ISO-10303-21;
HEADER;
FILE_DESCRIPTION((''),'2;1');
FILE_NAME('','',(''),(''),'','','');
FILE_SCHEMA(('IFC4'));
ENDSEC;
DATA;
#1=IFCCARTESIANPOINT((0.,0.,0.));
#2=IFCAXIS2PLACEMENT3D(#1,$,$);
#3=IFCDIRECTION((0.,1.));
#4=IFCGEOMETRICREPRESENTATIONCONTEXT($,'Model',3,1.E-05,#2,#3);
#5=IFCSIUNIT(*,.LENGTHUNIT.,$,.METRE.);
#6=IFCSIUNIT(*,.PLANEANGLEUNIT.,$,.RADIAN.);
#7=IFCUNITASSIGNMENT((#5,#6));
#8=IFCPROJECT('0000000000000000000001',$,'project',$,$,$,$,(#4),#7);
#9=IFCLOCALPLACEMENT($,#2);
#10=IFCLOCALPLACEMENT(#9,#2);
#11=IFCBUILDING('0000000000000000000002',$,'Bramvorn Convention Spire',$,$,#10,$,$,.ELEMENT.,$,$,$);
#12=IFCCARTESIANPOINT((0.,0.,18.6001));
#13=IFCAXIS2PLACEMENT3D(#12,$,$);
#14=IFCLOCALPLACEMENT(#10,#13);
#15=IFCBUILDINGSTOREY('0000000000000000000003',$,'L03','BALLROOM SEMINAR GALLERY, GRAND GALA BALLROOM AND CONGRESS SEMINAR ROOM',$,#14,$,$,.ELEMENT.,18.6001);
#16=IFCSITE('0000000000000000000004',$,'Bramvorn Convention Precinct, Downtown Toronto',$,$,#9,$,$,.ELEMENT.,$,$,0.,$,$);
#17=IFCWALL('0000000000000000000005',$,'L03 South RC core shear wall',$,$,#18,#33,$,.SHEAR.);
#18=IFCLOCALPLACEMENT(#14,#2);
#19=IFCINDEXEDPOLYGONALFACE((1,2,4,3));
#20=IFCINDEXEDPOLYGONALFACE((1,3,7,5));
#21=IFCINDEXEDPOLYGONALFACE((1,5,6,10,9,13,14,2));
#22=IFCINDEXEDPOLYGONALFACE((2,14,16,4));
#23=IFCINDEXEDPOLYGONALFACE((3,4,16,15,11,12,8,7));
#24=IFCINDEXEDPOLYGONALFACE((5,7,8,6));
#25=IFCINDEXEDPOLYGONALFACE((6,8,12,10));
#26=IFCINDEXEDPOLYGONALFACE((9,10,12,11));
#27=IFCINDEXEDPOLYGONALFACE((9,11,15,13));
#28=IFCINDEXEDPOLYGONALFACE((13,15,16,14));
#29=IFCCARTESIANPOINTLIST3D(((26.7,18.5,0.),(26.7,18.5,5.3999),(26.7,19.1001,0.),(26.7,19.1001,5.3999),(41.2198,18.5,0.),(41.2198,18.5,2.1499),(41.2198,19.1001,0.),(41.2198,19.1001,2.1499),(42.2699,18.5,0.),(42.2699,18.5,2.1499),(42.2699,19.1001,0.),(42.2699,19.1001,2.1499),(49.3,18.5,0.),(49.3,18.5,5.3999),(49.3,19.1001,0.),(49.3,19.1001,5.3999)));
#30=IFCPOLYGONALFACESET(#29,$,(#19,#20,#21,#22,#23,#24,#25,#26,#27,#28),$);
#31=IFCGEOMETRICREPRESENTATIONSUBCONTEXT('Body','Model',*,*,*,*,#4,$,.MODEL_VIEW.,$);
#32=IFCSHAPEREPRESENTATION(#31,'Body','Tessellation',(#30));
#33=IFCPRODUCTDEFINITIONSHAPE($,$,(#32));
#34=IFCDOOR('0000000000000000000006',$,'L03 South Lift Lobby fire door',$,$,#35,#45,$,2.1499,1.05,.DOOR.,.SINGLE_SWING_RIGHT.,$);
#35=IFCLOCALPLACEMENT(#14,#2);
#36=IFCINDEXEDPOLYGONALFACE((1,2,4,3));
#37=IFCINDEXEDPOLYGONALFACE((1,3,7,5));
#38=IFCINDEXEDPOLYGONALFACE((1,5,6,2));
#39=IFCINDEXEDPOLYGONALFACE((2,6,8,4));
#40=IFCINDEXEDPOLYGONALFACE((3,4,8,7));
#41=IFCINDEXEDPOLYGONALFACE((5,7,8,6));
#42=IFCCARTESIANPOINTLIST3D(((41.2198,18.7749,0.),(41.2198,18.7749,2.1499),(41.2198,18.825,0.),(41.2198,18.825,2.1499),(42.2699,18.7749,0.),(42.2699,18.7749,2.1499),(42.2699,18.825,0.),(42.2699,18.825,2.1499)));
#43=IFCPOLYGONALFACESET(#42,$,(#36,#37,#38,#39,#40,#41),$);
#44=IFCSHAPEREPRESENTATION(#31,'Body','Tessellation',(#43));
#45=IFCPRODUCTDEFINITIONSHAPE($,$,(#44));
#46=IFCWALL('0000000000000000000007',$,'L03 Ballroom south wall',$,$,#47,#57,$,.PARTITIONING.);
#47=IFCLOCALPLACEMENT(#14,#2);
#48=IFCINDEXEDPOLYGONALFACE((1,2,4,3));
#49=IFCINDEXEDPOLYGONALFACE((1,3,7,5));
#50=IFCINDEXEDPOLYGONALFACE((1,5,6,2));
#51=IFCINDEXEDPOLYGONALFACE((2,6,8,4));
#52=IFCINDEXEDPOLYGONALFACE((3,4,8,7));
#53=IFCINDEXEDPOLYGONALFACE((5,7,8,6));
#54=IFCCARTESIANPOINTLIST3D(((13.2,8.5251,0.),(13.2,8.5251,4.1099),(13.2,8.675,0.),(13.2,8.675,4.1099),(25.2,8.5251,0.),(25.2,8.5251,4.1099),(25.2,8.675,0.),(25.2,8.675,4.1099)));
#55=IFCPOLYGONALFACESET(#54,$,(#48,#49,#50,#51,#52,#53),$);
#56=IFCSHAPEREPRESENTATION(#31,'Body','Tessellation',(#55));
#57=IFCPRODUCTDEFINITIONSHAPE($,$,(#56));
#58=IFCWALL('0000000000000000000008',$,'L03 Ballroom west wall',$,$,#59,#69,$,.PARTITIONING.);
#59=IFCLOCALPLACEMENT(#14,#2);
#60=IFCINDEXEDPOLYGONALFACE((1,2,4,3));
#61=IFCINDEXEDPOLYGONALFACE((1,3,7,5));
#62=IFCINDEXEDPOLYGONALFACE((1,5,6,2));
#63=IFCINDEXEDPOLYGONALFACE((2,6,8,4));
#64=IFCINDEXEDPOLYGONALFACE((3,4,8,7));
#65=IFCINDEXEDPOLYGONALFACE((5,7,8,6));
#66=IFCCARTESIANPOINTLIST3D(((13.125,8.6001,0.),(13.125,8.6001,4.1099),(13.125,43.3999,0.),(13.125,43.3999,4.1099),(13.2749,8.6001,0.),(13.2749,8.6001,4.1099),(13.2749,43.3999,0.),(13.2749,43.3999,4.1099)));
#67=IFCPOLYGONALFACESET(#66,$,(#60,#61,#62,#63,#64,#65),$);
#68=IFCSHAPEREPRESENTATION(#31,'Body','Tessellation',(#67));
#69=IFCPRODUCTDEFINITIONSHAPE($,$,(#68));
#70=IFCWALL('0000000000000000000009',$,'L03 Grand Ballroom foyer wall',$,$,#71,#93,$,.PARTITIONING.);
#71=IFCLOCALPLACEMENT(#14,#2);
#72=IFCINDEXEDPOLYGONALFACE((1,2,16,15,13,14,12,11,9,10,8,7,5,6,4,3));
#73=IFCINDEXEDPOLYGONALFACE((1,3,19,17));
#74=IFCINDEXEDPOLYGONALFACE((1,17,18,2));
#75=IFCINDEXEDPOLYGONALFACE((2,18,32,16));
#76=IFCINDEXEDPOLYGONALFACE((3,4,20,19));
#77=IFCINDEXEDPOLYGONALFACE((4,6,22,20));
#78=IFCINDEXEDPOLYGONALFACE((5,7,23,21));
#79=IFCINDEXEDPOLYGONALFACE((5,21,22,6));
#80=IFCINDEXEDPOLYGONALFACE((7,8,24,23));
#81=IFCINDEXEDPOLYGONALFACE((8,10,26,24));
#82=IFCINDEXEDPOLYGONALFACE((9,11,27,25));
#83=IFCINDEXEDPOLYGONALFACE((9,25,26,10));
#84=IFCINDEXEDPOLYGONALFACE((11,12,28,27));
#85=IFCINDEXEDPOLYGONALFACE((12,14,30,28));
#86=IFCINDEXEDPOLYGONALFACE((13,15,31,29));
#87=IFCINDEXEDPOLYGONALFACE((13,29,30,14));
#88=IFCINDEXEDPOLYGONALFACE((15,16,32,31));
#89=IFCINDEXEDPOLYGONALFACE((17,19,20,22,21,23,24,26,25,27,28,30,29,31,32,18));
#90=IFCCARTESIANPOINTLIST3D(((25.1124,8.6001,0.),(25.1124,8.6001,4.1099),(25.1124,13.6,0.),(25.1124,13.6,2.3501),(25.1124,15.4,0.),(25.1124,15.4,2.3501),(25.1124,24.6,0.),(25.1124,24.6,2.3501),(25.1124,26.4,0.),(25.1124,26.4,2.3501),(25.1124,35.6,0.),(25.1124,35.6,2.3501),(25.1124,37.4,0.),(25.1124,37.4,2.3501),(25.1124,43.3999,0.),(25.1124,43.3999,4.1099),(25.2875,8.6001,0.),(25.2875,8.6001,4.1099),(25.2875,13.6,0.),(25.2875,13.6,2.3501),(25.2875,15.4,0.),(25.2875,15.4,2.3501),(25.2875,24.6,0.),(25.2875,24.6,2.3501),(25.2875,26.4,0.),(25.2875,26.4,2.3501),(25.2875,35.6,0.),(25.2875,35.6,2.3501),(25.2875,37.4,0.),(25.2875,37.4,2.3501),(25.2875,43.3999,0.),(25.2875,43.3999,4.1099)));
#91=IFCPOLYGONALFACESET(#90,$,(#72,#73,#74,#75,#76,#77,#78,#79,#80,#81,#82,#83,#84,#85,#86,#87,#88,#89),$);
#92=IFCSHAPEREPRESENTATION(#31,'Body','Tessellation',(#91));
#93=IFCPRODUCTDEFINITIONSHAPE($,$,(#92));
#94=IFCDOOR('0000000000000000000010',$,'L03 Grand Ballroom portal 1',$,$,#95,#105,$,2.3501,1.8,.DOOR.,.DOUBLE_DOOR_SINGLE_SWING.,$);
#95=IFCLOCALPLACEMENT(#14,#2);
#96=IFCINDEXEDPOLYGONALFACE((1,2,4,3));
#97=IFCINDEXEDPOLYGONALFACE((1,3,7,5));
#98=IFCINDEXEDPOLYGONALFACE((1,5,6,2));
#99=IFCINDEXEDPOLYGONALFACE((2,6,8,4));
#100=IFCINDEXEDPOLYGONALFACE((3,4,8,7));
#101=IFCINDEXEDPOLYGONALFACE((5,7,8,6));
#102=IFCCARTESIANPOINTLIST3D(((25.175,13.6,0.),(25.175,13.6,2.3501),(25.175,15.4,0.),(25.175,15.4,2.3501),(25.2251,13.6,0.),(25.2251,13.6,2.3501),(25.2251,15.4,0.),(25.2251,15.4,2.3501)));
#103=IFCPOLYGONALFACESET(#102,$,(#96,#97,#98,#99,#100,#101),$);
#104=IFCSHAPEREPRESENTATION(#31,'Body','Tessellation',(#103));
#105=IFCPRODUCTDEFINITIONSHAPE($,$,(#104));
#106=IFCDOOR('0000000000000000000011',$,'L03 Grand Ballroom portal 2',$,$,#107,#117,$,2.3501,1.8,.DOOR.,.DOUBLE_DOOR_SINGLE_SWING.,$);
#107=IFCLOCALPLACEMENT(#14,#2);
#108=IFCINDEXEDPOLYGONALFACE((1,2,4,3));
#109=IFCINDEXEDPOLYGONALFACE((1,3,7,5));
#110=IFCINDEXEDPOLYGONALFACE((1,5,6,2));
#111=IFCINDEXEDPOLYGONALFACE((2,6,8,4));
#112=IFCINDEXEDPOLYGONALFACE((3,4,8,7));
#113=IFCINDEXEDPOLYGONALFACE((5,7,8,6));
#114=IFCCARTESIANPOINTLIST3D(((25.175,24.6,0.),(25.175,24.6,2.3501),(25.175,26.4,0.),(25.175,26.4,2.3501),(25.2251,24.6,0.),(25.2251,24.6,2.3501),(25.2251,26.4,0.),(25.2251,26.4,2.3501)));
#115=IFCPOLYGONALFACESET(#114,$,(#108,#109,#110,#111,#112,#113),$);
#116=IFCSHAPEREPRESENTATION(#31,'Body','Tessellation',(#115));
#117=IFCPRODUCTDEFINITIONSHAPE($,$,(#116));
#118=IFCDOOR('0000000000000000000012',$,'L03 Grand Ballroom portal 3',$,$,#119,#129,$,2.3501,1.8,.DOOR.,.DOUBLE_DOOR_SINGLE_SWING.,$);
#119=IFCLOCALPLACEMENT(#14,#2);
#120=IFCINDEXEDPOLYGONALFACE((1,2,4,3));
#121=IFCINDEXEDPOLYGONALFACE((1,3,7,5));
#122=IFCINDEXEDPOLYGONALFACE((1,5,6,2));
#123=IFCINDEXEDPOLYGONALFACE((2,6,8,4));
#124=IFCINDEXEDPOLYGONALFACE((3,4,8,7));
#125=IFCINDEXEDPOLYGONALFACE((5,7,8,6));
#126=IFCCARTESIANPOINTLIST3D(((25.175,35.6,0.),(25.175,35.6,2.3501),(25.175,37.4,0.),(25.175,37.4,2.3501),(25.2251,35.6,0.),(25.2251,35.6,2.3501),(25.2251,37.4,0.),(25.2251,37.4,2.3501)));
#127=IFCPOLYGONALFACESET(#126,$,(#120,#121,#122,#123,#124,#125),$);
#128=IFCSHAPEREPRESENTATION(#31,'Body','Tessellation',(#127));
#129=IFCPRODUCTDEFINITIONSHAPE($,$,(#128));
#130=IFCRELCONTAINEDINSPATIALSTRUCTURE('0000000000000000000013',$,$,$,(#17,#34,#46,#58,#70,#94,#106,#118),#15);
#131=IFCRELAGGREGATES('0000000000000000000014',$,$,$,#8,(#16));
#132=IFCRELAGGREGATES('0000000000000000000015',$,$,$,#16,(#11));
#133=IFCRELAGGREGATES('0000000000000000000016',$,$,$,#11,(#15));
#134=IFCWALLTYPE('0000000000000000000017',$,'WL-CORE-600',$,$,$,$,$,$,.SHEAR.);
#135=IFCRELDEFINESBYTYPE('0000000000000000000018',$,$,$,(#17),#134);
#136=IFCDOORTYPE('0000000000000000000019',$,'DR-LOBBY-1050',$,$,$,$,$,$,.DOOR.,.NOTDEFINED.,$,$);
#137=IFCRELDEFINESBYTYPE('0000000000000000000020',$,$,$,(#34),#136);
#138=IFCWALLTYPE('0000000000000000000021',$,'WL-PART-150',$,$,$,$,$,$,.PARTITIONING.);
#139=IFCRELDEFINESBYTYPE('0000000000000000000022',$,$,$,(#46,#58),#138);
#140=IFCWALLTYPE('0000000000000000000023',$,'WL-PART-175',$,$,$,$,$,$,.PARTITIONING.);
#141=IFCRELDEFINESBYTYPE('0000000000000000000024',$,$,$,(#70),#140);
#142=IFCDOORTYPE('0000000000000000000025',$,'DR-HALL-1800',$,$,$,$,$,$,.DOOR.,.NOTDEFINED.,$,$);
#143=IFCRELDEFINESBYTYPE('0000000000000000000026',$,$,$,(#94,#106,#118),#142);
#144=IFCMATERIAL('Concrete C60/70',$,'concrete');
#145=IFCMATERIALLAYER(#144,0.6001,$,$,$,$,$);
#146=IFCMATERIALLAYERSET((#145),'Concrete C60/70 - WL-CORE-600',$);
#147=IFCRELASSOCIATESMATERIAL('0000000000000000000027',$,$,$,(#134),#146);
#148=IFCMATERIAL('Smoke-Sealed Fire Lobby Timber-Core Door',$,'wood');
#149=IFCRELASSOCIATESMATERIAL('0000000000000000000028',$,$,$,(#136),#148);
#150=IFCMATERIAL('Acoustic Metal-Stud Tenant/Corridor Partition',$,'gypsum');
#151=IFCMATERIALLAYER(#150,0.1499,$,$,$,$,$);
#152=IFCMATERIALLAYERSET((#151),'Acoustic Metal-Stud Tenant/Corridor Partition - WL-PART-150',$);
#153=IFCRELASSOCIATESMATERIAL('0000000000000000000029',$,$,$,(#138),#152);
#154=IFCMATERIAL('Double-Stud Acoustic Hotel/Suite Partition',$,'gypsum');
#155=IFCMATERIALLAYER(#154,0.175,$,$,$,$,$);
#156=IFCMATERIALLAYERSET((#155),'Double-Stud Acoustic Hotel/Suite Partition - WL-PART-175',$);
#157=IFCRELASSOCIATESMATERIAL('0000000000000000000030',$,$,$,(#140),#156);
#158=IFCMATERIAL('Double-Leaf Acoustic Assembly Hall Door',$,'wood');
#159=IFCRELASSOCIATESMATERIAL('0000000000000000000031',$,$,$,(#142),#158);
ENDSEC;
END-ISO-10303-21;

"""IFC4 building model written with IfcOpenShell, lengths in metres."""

from ifc_helpers import new_model, si_unit, direction, frame, frame_2d, origin, place, context, subcontext, project, spatial, rectangle, extrude, material, layer, layer_set, type_object, element, fill, save


model = new_model("IFC4")

# Units and contexts
model_context = context("Model", 3, precision=1e-05, world=origin(), true_north=direction((0.0, 1.0)))
body_context = subcontext(model_context, "Body", "Model", "MODEL_VIEW")
ifc_project = project(units=[si_unit("LENGTHUNIT", "METRE"), si_unit("PLANEANGLEUNIT", "RADIAN")], contexts=[model_context])

# Site, building, storey
site_placement = place(None, origin())
site = spatial("IfcSite", under=ifc_project, at=site_placement, Name="Bramvorn Convention Precinct, Downtown Toronto", CompositionType="ELEMENT", RefElevation=0.0)
building_placement = place(site_placement, origin())
building = spatial("IfcBuilding", under=site, at=building_placement, Name="Bramvorn Convention Spire", CompositionType="ELEMENT")
storey_placement = place(building_placement, frame((0.0, 0.0, 18.6001)))
storey = spatial("IfcBuildingStorey", under=building, at=storey_placement, Name="L03", Description="BALLROOM SEMINAR GALLERY, GRAND GALA BALLROOM AND CONGRESS SEMINAR ROOM", CompositionType="ELEMENT", Elevation=18.6001)

# Shared definitions
ifc_material_1 = material(Name="Concrete C60/70", Category="concrete")

# Wall, opening, door
ifc_layer_1 = layer(ifc_material_1, 0.6001)
ifc_layer_set_1 = layer_set([ifc_layer_1], Name="Concrete C60/70 - WL-CORE-600")
wall_type_1 = type_object("IfcWallType", Name="WL-CORE-600", PredefinedType="SHEAR", material=ifc_layer_set_1)
wall_1_placement = place(storey_placement, frame((26.7, 18.8, 0.0), z_axis=(0.0, 0.0, 1.0), x_axis=(1.0, 0.0, 0.0)))
wall_1 = element("IfcWall", 1, at=wall_1_placement, inside=storey, type_object=wall_type_1, Name="L03 South RC core shear wall", PredefinedType="SHEAR", context=body_context, shape_type="SweptSolid", body=[
    extrude(rectangle(XDim=22.6001, YDim=0.6001, at=frame_2d((11.3, 0.0))), origin(), (0.0, 0.0, 1.0), 5.3999),
])
opening_1_placement = place(wall_1_placement, frame((14.52, 0.0, 0.0)))
opening_1 = element("IfcOpeningElement", 2, at=opening_1_placement, cuts=wall_1, PredefinedType="OPENING", context=body_context, shape_type="SweptSolid", body=[
    extrude(rectangle(XDim=1.05, YDim=2.1499, at=frame_2d((0.5249, 1.075))), frame((0.0, 0.3101, 0.0), z_axis=(0.0, -1.0, 0.0), x_axis=(1.0, 0.0, 0.0)), (0.0, 0.0, 1.0), 0.6201),
])
ifc_material_2 = material(Name="Smoke-Sealed Fire Lobby Timber-Core Door", Category="wood")
door_type_1 = type_object("IfcDoorType", Name="DR-LOBBY-1050", OperationType="NOTDEFINED", PredefinedType="DOOR", material=ifc_material_2)
door_1_placement = place(opening_1_placement, origin())
door_1 = element("IfcDoor", 3, at=door_1_placement, inside=storey, type_object=door_type_1, Name="L03 South Lift Lobby fire door", OperationType="SINGLE_SWING_RIGHT", OverallHeight=2.1499, OverallWidth=1.05, PredefinedType="DOOR", context=body_context, shape_type="SweptSolid", body=[
    extrude(rectangle(XDim=1.05, YDim=2.1499, at=frame_2d((0.5249, 1.075))), frame((0.0, 0.0249, 0.0), z_axis=(0.0, -1.0, 0.0), x_axis=(1.0, 0.0, 0.0)), (0.0, 0.0, 1.0), 0.05),
])
fill(opening_1, door_1)

# Walls
ifc_material_3 = material(Name="Acoustic Metal-Stud Tenant/Corridor Partition", Category="gypsum")
ifc_layer_2 = layer(ifc_material_3, 0.1499)
ifc_layer_set_2 = layer_set([ifc_layer_2], Name="Acoustic Metal-Stud Tenant/Corridor Partition - WL-PART-150")
wall_type_2 = type_object("IfcWallType", Name="WL-PART-150", PredefinedType="PARTITIONING", material=ifc_layer_set_2)
wall_2_placement = place(storey_placement, frame((13.2, 8.6001, 0.0), z_axis=(0.0, 0.0, 1.0), x_axis=(1.0, 0.0, 0.0)))
element("IfcWall", 4, at=wall_2_placement, inside=storey, type_object=wall_type_2, Name="L03 Ballroom south wall", PredefinedType="PARTITIONING", context=body_context, shape_type="SweptSolid", body=[
    extrude(rectangle(XDim=12.0, YDim=0.1499, at=frame_2d((6.0, 0.0))), origin(), (0.0, 0.0, 1.0), 4.1099),
])
wall_3_placement = place(storey_placement, frame((13.2, 8.6001, 0.0), z_axis=(0.0, 0.0, 1.0), x_axis=(0.0, 1.0, 0.0)))
element("IfcWall", 5, at=wall_3_placement, inside=storey, type_object=wall_type_2, Name="L03 Ballroom west wall", PredefinedType="PARTITIONING", context=body_context, shape_type="SweptSolid", body=[
    extrude(rectangle(XDim=34.7998, YDim=0.1499, at=frame_2d((17.3999, 0.0))), origin(), (0.0, 0.0, 1.0), 4.1099),
])

# Wall, openings, doors
ifc_material_4 = material(Name="Double-Stud Acoustic Hotel/Suite Partition", Category="gypsum")
ifc_layer_3 = layer(ifc_material_4, 0.175)
ifc_layer_set_3 = layer_set([ifc_layer_3], Name="Double-Stud Acoustic Hotel/Suite Partition - WL-PART-175")
wall_type_3 = type_object("IfcWallType", Name="WL-PART-175", PredefinedType="PARTITIONING", material=ifc_layer_set_3)
wall_4_placement = place(storey_placement, frame((25.2, 8.6001, 0.0), z_axis=(0.0, 0.0, 1.0), x_axis=(0.0, 1.0, 0.0)))
wall_4 = element("IfcWall", 6, at=wall_4_placement, inside=storey, type_object=wall_type_3, Name="L03 Grand Ballroom foyer wall", PredefinedType="PARTITIONING", context=body_context, shape_type="SweptSolid", body=[
    extrude(rectangle(XDim=34.7998, YDim=0.175, at=frame_2d((17.3999, 0.0))), origin(), (0.0, 0.0, 1.0), 4.1099),
])
opening_2_placement = place(wall_4_placement, frame((5.0, 0.0, 0.0)))
opening_2 = element("IfcOpeningElement", 7, at=opening_2_placement, cuts=wall_4, PredefinedType="OPENING", context=body_context, shape_type="SweptSolid", body=[
    extrude(rectangle(XDim=1.8, YDim=2.3501, at=frame_2d((0.8999, 1.175))), frame((0.0, 0.0974, 0.0), z_axis=(0.0, -1.0, 0.0), x_axis=(1.0, 0.0, 0.0)), (0.0, 0.0, 1.0), 0.1951),
])
opening_3_placement = place(wall_4_placement, frame((16.0, 0.0, 0.0)))
opening_3 = element("IfcOpeningElement", 8, at=opening_3_placement, cuts=wall_4, PredefinedType="OPENING", context=body_context, shape_type="SweptSolid", body=[
    extrude(rectangle(XDim=1.8, YDim=2.3501, at=frame_2d((0.8999, 1.175))), frame((0.0, 0.0974, 0.0), z_axis=(0.0, -1.0, 0.0), x_axis=(1.0, 0.0, 0.0)), (0.0, 0.0, 1.0), 0.1951),
])
opening_4_placement = place(wall_4_placement, frame((27.0, 0.0, 0.0)))
opening_4 = element("IfcOpeningElement", 9, at=opening_4_placement, cuts=wall_4, PredefinedType="OPENING", context=body_context, shape_type="SweptSolid", body=[
    extrude(rectangle(XDim=1.8, YDim=2.3501, at=frame_2d((0.8999, 1.175))), frame((0.0, 0.0974, 0.0), z_axis=(0.0, -1.0, 0.0), x_axis=(1.0, 0.0, 0.0)), (0.0, 0.0, 1.0), 0.1951),
])
ifc_material_5 = material(Name="Double-Leaf Acoustic Assembly Hall Door", Category="wood")
door_type_2 = type_object("IfcDoorType", Name="DR-HALL-1800", OperationType="NOTDEFINED", PredefinedType="DOOR", material=ifc_material_5)
door_2_placement = place(opening_2_placement, origin())
door_2 = element("IfcDoor", 10, at=door_2_placement, inside=storey, type_object=door_type_2, Name="L03 Grand Ballroom portal 1", OperationType="DOUBLE_DOOR_SINGLE_SWING", OverallHeight=2.3501, OverallWidth=1.8, PredefinedType="DOOR", context=body_context, shape_type="SweptSolid", body=[
    extrude(rectangle(XDim=1.8, YDim=2.3501, at=frame_2d((0.8999, 1.175))), frame((0.0, 0.0249, 0.0), z_axis=(0.0, -1.0, 0.0), x_axis=(1.0, 0.0, 0.0)), (0.0, 0.0, 1.0), 0.05),
])
fill(opening_2, door_2)
door_3_placement = place(opening_3_placement, origin())
door_3 = element("IfcDoor", 11, at=door_3_placement, inside=storey, type_object=door_type_2, Name="L03 Grand Ballroom portal 2", OperationType="DOUBLE_DOOR_SINGLE_SWING", OverallHeight=2.3501, OverallWidth=1.8, PredefinedType="DOOR", context=body_context, shape_type="SweptSolid", body=[
    extrude(rectangle(XDim=1.8, YDim=2.3501, at=frame_2d((0.8999, 1.175))), frame((0.0, 0.0249, 0.0), z_axis=(0.0, -1.0, 0.0), x_axis=(1.0, 0.0, 0.0)), (0.0, 0.0, 1.0), 0.05),
])
fill(opening_3, door_3)
door_4_placement = place(opening_4_placement, origin())
door_4 = element("IfcDoor", 12, at=door_4_placement, inside=storey, type_object=door_type_2, Name="L03 Grand Ballroom portal 3", OperationType="DOUBLE_DOOR_SINGLE_SWING", OverallHeight=2.3501, OverallWidth=1.8, PredefinedType="DOOR", context=body_context, shape_type="SweptSolid", body=[
    extrude(rectangle(XDim=1.8, YDim=2.3501, at=frame_2d((0.8999, 1.175))), frame((0.0, 0.0249, 0.0), z_axis=(0.0, -1.0, 0.0), x_axis=(1.0, 0.0, 0.0)), (0.0, 0.0, 1.0), 0.05),
])
fill(opening_4, door_4)

save(model, "model.ifc")
